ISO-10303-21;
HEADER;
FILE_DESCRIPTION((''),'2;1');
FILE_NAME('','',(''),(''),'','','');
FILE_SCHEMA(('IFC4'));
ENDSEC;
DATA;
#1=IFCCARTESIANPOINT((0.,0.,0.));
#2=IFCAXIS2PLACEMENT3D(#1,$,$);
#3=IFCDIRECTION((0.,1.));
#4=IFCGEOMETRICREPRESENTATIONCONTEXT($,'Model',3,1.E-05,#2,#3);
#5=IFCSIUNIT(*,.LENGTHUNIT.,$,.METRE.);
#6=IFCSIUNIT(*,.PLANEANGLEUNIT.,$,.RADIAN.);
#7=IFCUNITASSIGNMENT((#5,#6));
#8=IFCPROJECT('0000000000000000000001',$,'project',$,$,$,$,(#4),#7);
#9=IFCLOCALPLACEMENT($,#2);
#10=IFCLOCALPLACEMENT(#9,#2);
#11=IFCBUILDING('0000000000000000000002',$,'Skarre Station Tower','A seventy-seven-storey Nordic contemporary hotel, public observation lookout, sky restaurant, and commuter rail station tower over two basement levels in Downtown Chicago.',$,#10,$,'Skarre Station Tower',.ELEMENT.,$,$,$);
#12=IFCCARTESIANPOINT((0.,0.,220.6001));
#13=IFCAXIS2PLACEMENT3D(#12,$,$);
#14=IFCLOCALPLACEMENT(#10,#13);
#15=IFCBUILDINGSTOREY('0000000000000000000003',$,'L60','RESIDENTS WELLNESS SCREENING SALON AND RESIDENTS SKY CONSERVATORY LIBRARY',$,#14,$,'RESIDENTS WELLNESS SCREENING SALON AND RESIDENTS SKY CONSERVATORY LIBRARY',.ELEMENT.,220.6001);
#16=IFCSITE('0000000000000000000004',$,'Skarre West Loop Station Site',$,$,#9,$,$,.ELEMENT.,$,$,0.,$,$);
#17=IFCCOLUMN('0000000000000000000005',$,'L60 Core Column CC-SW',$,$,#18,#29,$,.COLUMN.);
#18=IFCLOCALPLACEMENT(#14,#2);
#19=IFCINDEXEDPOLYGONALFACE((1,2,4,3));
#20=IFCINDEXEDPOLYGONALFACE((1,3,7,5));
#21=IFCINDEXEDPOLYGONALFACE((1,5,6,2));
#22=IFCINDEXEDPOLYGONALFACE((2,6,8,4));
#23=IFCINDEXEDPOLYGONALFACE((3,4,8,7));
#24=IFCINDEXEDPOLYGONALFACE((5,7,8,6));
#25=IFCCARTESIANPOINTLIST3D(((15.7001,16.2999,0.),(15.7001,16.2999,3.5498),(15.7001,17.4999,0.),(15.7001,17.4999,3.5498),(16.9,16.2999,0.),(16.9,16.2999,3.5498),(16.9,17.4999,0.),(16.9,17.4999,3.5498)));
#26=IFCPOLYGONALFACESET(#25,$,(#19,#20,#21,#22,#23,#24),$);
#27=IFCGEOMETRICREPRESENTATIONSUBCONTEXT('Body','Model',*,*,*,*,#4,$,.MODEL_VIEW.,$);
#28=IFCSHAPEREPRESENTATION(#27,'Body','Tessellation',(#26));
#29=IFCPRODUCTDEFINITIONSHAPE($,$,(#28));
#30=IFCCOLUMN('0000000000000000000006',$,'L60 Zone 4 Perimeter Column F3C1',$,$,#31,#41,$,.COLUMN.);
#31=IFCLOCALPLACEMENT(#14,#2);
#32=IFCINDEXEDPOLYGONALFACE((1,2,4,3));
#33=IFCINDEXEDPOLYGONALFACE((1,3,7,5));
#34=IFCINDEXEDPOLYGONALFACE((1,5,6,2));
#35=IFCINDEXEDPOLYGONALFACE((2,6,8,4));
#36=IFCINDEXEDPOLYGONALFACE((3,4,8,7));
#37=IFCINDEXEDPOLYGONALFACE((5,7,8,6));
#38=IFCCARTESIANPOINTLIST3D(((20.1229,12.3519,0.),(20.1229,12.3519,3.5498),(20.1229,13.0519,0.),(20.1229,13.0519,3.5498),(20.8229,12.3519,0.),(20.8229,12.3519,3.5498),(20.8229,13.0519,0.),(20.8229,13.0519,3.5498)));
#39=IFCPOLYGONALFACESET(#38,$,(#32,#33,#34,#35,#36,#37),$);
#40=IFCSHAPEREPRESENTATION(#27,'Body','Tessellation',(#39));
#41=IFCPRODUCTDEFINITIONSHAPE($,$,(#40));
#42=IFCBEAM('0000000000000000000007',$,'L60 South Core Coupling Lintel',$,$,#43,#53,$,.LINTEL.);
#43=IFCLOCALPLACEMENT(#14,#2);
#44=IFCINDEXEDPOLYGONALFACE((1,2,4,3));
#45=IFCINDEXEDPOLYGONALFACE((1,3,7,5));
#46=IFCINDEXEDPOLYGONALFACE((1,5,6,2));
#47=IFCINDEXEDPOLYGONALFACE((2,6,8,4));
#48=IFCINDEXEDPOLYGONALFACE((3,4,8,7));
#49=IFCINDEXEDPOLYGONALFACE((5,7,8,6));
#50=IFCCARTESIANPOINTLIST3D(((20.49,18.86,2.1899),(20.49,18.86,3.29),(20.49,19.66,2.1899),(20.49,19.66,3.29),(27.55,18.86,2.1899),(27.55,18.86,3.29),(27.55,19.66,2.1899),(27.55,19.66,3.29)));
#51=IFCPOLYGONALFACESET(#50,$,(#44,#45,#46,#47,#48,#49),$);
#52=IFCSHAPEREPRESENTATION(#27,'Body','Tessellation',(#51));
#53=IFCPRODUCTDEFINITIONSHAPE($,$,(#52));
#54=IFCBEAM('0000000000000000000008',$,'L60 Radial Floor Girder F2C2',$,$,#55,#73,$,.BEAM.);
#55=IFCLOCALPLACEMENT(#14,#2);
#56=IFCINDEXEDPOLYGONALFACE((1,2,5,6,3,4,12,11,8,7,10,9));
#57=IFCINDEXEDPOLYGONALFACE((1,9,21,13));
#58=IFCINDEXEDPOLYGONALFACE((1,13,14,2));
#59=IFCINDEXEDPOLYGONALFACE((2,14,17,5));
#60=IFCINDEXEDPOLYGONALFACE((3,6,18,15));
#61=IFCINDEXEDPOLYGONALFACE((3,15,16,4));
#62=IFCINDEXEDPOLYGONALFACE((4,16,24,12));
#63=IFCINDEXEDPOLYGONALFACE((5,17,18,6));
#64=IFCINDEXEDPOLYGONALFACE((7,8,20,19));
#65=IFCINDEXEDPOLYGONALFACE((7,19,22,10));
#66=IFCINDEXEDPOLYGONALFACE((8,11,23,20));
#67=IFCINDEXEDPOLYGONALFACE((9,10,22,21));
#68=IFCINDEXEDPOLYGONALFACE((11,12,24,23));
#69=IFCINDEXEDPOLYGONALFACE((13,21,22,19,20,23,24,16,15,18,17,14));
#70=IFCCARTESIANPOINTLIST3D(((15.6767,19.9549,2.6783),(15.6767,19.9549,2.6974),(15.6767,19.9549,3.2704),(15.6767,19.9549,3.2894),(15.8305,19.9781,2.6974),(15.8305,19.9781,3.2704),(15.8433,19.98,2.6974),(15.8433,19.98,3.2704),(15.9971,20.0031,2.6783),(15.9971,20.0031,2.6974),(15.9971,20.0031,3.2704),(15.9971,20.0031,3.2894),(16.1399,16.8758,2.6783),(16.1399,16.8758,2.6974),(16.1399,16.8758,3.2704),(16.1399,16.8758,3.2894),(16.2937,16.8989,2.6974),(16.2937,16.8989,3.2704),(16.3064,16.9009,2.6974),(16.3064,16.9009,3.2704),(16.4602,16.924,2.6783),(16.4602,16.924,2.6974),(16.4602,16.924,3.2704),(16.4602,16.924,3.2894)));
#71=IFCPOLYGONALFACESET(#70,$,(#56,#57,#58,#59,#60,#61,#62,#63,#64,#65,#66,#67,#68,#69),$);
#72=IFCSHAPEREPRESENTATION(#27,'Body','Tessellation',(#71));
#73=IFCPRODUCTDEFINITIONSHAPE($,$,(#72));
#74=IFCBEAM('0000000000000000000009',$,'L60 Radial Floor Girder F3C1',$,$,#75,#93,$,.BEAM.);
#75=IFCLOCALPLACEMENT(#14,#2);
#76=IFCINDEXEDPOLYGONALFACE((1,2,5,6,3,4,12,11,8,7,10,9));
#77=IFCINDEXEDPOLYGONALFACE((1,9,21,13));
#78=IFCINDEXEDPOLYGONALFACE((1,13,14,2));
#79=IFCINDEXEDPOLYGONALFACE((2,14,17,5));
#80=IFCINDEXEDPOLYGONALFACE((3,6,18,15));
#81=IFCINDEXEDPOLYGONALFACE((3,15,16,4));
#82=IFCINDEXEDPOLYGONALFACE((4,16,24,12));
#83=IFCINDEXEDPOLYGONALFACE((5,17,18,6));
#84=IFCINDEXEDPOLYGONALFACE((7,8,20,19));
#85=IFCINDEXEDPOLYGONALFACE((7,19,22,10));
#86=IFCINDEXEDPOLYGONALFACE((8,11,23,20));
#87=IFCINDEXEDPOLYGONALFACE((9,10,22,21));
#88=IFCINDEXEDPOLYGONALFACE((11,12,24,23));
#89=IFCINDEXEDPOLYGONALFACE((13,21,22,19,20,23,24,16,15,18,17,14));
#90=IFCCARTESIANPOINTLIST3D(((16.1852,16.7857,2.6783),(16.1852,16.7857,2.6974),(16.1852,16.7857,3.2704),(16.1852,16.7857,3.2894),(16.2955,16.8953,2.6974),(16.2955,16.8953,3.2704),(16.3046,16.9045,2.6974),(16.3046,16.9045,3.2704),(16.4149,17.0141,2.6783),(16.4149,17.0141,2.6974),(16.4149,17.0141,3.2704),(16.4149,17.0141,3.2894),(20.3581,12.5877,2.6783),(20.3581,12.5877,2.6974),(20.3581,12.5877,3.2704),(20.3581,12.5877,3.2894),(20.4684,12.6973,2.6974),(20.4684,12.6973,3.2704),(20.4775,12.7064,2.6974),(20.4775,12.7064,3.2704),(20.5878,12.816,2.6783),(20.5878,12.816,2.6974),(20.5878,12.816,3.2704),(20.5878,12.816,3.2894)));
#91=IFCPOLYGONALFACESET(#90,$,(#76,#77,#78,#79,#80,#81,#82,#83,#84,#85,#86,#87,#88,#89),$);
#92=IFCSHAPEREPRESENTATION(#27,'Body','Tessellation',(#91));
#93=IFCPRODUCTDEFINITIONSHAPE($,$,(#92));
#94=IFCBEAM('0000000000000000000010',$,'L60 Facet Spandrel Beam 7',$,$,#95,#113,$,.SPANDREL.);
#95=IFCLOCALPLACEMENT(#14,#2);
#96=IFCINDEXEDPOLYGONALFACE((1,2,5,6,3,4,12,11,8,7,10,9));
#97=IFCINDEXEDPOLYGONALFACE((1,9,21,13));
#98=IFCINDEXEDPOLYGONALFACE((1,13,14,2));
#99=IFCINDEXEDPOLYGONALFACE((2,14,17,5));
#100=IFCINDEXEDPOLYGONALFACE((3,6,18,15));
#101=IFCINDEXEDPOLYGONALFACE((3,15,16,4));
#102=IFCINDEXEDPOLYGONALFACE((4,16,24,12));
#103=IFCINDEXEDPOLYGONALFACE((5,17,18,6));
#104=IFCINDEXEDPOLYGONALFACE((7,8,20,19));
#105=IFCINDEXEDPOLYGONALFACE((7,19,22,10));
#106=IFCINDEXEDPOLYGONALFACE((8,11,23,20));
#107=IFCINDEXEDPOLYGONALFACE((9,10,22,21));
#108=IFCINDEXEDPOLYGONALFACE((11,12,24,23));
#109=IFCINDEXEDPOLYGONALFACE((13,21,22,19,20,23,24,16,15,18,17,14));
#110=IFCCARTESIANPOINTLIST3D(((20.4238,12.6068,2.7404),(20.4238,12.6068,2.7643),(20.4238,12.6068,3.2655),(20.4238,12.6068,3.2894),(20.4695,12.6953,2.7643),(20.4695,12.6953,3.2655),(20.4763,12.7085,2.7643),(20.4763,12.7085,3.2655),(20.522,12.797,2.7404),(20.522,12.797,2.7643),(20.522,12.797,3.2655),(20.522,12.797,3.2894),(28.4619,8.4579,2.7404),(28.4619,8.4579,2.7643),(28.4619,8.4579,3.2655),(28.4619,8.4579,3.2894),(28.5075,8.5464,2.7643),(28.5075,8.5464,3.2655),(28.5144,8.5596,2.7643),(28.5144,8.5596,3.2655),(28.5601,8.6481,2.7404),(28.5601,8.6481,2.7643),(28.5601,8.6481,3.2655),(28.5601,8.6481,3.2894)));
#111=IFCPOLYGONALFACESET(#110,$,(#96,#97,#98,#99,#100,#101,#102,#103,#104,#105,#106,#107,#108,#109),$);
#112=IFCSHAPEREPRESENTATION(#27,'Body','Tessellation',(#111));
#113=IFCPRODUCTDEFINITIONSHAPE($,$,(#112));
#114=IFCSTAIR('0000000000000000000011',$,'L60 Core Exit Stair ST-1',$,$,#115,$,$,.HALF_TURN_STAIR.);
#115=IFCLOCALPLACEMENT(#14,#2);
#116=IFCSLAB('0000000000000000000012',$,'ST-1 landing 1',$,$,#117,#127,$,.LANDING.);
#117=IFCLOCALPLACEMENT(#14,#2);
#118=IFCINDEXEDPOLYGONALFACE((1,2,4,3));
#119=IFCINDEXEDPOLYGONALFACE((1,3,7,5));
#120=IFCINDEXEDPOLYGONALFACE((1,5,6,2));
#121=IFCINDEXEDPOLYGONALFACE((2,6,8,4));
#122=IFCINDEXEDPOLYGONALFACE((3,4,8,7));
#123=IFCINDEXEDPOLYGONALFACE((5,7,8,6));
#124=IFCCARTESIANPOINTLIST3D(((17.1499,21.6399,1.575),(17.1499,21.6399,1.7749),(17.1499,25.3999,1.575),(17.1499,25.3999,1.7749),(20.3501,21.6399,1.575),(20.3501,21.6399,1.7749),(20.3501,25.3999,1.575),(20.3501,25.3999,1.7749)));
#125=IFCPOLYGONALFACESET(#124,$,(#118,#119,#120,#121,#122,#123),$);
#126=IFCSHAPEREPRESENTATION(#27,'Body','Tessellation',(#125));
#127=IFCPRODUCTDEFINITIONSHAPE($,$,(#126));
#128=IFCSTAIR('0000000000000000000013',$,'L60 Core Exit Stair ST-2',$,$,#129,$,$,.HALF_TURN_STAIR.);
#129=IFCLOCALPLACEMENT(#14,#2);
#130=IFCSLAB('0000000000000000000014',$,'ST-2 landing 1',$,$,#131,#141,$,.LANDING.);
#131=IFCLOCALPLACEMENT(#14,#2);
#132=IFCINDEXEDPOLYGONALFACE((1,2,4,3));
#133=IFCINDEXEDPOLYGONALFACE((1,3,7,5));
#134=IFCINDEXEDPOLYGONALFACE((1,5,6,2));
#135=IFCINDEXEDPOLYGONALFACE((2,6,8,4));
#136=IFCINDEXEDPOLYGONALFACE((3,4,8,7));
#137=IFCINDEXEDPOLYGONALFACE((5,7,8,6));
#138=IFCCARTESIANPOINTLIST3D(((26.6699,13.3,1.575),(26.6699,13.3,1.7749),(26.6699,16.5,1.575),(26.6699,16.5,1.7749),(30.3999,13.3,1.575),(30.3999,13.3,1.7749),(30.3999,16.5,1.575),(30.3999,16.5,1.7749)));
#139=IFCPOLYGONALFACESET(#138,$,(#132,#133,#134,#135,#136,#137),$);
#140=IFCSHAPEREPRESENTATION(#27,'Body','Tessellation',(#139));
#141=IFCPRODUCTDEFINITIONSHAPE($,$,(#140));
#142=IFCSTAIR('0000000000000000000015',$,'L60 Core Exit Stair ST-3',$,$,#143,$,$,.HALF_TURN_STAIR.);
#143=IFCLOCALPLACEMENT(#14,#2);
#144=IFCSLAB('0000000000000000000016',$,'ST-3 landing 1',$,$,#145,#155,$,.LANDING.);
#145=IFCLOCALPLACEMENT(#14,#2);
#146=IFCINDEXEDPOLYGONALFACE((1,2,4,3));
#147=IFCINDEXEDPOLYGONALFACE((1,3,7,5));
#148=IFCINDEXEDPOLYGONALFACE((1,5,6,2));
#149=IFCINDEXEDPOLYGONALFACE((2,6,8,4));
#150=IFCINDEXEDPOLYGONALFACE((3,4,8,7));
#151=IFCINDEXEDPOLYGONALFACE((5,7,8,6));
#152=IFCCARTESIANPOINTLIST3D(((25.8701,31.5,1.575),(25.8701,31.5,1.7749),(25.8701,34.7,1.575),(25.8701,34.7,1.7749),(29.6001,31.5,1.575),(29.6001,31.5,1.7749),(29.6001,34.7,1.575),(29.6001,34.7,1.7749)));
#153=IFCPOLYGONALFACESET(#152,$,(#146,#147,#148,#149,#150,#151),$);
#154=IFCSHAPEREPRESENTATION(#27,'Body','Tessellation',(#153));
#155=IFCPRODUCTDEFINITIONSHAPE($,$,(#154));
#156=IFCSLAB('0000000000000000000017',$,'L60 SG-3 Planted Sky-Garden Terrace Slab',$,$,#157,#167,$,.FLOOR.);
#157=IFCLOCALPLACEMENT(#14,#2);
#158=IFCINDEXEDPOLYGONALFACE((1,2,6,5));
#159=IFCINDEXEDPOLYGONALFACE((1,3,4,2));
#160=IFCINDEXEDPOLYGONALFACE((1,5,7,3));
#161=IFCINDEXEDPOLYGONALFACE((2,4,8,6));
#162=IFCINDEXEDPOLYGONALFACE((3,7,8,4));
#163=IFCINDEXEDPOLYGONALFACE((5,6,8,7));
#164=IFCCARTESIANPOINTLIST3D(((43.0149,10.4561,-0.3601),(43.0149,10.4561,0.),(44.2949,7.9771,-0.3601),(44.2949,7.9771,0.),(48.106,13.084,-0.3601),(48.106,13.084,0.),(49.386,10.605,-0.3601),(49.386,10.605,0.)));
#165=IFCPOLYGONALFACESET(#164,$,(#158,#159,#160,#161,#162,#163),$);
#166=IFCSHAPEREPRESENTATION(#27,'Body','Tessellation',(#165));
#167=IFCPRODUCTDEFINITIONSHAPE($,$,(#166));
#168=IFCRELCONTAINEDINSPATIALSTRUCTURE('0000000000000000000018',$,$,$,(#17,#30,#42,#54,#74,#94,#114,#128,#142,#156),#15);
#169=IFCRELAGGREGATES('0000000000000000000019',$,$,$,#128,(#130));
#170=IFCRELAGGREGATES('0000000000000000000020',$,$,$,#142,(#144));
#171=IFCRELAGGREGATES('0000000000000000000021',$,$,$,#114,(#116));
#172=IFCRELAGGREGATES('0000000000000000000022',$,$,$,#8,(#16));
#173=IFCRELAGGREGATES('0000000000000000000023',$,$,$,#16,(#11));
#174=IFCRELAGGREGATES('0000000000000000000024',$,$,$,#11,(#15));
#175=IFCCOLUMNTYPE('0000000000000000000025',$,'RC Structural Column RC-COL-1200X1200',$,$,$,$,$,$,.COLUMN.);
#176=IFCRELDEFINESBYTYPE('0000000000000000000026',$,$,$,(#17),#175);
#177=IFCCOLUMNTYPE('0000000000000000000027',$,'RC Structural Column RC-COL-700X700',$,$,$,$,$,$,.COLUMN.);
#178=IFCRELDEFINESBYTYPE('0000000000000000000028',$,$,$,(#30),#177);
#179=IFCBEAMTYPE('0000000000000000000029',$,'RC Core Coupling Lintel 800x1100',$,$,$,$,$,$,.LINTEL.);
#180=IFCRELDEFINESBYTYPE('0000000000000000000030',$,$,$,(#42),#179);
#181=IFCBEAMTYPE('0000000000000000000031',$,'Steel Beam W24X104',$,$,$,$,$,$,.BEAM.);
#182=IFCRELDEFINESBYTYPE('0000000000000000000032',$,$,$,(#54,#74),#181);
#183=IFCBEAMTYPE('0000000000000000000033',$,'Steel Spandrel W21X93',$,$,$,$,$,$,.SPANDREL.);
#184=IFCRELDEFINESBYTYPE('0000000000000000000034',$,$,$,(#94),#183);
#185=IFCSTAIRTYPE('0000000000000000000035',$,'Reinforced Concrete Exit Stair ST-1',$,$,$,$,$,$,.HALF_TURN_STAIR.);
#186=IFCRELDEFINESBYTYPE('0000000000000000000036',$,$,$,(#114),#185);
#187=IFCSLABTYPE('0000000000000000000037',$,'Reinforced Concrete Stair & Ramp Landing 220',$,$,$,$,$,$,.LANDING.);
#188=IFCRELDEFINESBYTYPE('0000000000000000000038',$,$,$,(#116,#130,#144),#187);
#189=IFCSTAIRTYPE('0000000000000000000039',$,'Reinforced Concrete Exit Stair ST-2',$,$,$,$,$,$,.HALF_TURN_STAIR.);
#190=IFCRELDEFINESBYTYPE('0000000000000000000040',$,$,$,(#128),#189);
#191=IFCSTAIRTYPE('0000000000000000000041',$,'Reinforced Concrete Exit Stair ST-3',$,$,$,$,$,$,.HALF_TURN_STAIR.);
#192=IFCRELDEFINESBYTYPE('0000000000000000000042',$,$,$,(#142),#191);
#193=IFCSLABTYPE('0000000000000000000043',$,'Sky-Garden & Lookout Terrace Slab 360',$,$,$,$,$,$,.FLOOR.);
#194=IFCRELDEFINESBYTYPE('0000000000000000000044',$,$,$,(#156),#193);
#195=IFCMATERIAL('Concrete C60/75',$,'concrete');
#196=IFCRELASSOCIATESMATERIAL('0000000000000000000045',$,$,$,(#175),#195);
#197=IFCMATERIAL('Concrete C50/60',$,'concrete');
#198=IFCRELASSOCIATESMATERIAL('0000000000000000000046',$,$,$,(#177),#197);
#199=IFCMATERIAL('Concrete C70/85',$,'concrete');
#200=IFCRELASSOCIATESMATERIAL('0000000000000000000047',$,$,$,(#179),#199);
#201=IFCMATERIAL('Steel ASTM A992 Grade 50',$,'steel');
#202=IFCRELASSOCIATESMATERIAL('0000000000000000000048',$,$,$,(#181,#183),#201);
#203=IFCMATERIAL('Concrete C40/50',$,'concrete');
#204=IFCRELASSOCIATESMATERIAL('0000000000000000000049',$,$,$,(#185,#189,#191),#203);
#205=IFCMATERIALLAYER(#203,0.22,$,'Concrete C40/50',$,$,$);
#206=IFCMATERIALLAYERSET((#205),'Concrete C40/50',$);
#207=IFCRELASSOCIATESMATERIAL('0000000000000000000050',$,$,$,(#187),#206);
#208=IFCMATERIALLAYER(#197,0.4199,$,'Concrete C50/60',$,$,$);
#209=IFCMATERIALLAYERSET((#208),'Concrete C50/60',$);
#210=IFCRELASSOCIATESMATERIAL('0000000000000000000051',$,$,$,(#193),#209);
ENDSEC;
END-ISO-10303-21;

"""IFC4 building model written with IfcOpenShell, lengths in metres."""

from ifc_helpers import new_model, si_unit, direction, frame, origin, origin_2d, place, context, subcontext, project, spatial, polyline, rectangle, i_section, outline, extrude, material, layer, layer_set, material_profile, profile_set, type_object, element, aggregate, save


model = new_model("IFC4")

# Units and contexts
model_context = context("Model", 3, precision=1e-05, world=origin(), true_north=direction((0.0, 1.0)))
body_context = subcontext(model_context, "Body", "Model", "MODEL_VIEW")
ifc_project = project(units=[si_unit("LENGTHUNIT", "METRE"), si_unit("PLANEANGLEUNIT", "RADIAN")], contexts=[model_context])

# Site, building, storey
site_placement = place(None, origin())
site = spatial("IfcSite", under=ifc_project, at=site_placement, Name="Skarre West Loop Station Site", CompositionType="ELEMENT", RefElevation=0.0)
building_placement = place(site_placement, origin())
building = spatial("IfcBuilding", under=site, at=building_placement, Name="Skarre Station Tower", Description="A seventy-seven-storey Nordic contemporary hotel, public observation lookout, sky restaurant, and commuter rail station tower over two basement levels in Downtown Chicago.", LongName="Skarre Station Tower", CompositionType="ELEMENT")
storey_placement = place(building_placement, frame((0.0, 0.0, 220.6001)))
storey = spatial("IfcBuildingStorey", under=building, at=storey_placement, Name="L60", Description="RESIDENTS WELLNESS SCREENING SALON AND RESIDENTS SKY CONSERVATORY LIBRARY", LongName="RESIDENTS WELLNESS SCREENING SALON AND RESIDENTS SKY CONSERVATORY LIBRARY", CompositionType="ELEMENT", Elevation=220.6001)

# Columns
ifc_material_1 = material(Name="Concrete C60/75", Category="concrete")
ifc_material_profile_1 = material_profile(ifc_material_1, rectangle(XDim=1.2, YDim=1.2, at=origin_2d()), Name="Concrete C60/75")
ifc_profile_set_1 = profile_set([ifc_material_profile_1], Name="Concrete C60/75")
column_type_1 = type_object("IfcColumnType", Name="RC Structural Column RC-COL-1200X1200", PredefinedType="COLUMN", material=ifc_profile_set_1)
column_1_placement = place(storey_placement, frame((16.3, 16.8999, 0.0), z_axis=(0.0, 0.0, 1.0), x_axis=(1.0, 0.0, 0.0)))
element("IfcColumn", 1, at=column_1_placement, inside=storey, type_object=column_type_1, Name="L60 Core Column CC-SW", PredefinedType="COLUMN", context=body_context, shape_type="SweptSolid", body=[
    extrude(rectangle(XDim=1.2, YDim=1.2, at=origin_2d()), origin(), (0.0, 0.0, 1.0), 3.5498),
])
ifc_material_2 = material(Name="Concrete C50/60", Category="concrete")
ifc_material_profile_2 = material_profile(ifc_material_2, rectangle(XDim=0.7, YDim=0.7, at=origin_2d()), Name="Concrete C50/60")
ifc_profile_set_2 = profile_set([ifc_material_profile_2], Name="Concrete C50/60")
column_type_2 = type_object("IfcColumnType", Name="RC Structural Column RC-COL-700X700", PredefinedType="COLUMN", material=ifc_profile_set_2)
column_2_placement = place(storey_placement, frame((20.4729, 12.7019, 0.0), z_axis=(0.0, 0.0, 1.0), x_axis=(1.0, 0.0, 0.0)))
element("IfcColumn", 2, at=column_2_placement, inside=storey, type_object=column_type_2, Name="L60 Zone 4 Perimeter Column F3C1", PredefinedType="COLUMN", context=body_context, shape_type="SweptSolid", body=[
    extrude(rectangle(XDim=0.7, YDim=0.7, at=origin_2d()), origin(), (0.0, 0.0, 1.0), 3.5498),
])

# Beams
ifc_material_3 = material(Name="Concrete C70/85", Category="concrete")
ifc_material_profile_3 = material_profile(ifc_material_3, rectangle(XDim=0.8, YDim=1.1001, at=origin_2d()), Name="Concrete C70/85")
ifc_profile_set_3 = profile_set([ifc_material_profile_3], Name="Concrete C70/85")
beam_type_1 = type_object("IfcBeamType", Name="RC Core Coupling Lintel 800x1100", PredefinedType="LINTEL", material=ifc_profile_set_3)
beam_1_placement = place(storey_placement, frame((20.49, 19.26, 2.74), z_axis=(1.0, 0.0, 0.0), x_axis=(0.0, 1.0, 0.0)))
element("IfcBeam", 3, at=beam_1_placement, inside=storey, type_object=beam_type_1, Name="L60 South Core Coupling Lintel", PredefinedType="LINTEL", context=body_context, shape_type="SweptSolid", body=[
    extrude(rectangle(XDim=0.8, YDim=1.1001, at=origin_2d()), origin(), (0.0, 0.0, 1.0), 7.0601),
])
ifc_material_4 = material(Name="Steel ASTM A992 Grade 50", Category="steel")
ifc_material_profile_4 = material_profile(ifc_material_4, i_section(OverallWidth=0.324, OverallDepth=0.6111, WebThickness=0.0129, FlangeThickness=0.019, at=origin_2d()), Name="Steel ASTM A992 Grade 50")
ifc_profile_set_4 = profile_set([ifc_material_profile_4], Name="Steel ASTM A992 Grade 50")
beam_type_2 = type_object("IfcBeamType", Name="Steel Beam W24X104", PredefinedType="BEAM", material=ifc_profile_set_4)
beam_2_placement = place(storey_placement, frame((16.3, 16.8999, 2.9839), z_axis=(-0.148739, 0.988876, 0.0), x_axis=(-0.988876, -0.148739, 0.0)))
element("IfcBeam", 4, at=beam_2_placement, inside=storey, type_object=beam_type_2, Name="L60 Radial Floor Girder F2C2", PredefinedType="BEAM", context=body_context, shape_type="SweptSolid", body=[
    extrude(i_section(OverallWidth=0.324, OverallDepth=0.6111, WebThickness=0.0129, FlangeThickness=0.019, at=origin_2d()), origin(), (0.0, 0.0, 1.0), 3.1138),
])
beam_3_placement = place(storey_placement, frame((16.3, 16.8999, 2.9839), z_axis=(0.704979, -0.709228, 0.0), x_axis=(0.709228, 0.704979, 0.0)))
element("IfcBeam", 5, at=beam_3_placement, inside=storey, type_object=beam_type_2, Name="L60 Radial Floor Girder F3C1", PredefinedType="BEAM", context=body_context, shape_type="SweptSolid", body=[
    extrude(i_section(OverallWidth=0.324, OverallDepth=0.6111, WebThickness=0.0129, FlangeThickness=0.019, at=origin_2d()), origin(), (0.0, 0.0, 1.0), 5.9192),
])
ifc_material_profile_5 = material_profile(ifc_material_4, i_section(OverallWidth=0.2141, OverallDepth=0.5491, WebThickness=0.0149, FlangeThickness=0.0239, at=origin_2d()), Name="Steel ASTM A992 Grade 50")
ifc_profile_set_5 = profile_set([ifc_material_profile_5], Name="Steel ASTM A992 Grade 50")
beam_type_3 = type_object("IfcBeamType", Name="Steel Spandrel W21X93", PredefinedType="SPANDREL", material=ifc_profile_set_5)
beam_4_placement = place(storey_placement, frame((20.4729, 12.7019, 3.0149), z_axis=(0.88861, -0.458664, 0.0), x_axis=(0.458664, 0.88861, 0.0)))
element("IfcBeam", 6, at=beam_4_placement, inside=storey, type_object=beam_type_3, Name="L60 Facet Spandrel Beam 7", PredefinedType="SPANDREL", context=body_context, shape_type="SweptSolid", body=[
    extrude(i_section(OverallWidth=0.2141, OverallDepth=0.5491, WebThickness=0.0149, FlangeThickness=0.0239, at=origin_2d()), origin(), (0.0, 0.0, 1.0), 9.0457),
])

# Stairs, slabs
ifc_material_5 = material(Name="Concrete C40/50", Category="concrete")
stair_type_1 = type_object("IfcStairType", Name="Reinforced Concrete Exit Stair ST-1", PredefinedType="HALF_TURN_STAIR", material=ifc_material_5)
stair_1_placement = place(storey_placement, origin())
stair_1 = element("IfcStair", 7, at=stair_1_placement, inside=storey, type_object=stair_type_1, Name="L60 Core Exit Stair ST-1", PredefinedType="HALF_TURN_STAIR")
ifc_layer_1 = layer(ifc_material_5, 0.22, Name="Concrete C40/50")
ifc_layer_set_1 = layer_set([ifc_layer_1], Name="Concrete C40/50")
slab_type_1 = type_object("IfcSlabType", Name="Reinforced Concrete Stair & Ramp Landing 220", PredefinedType="LANDING", material=ifc_layer_set_1)
slab_1_placement = place(storey_placement, frame((0.0, 0.0, 1.575)))
slab_1 = element("IfcSlab", 8, at=slab_1_placement, type_object=slab_type_1, Name="ST-1 landing 1", PredefinedType="LANDING", context=body_context, shape_type="SweptSolid", body=[
    extrude(outline(polyline([(20.3501, 21.6399), (20.3501, 25.3999), (17.1499, 25.3999), (17.1499, 21.6399), (20.3501, 21.6399)])), origin(), (0.0, 0.0, 1.0), 0.2),
])
stair_type_2 = type_object("IfcStairType", Name="Reinforced Concrete Exit Stair ST-2", PredefinedType="HALF_TURN_STAIR", material=ifc_material_5)
stair_2_placement = place(storey_placement, origin())
stair_2 = element("IfcStair", 9, at=stair_2_placement, inside=storey, type_object=stair_type_2, Name="L60 Core Exit Stair ST-2", PredefinedType="HALF_TURN_STAIR")
slab_2_placement = place(storey_placement, frame((0.0, 0.0, 1.575)))
slab_2 = element("IfcSlab", 10, at=slab_2_placement, type_object=slab_type_1, Name="ST-2 landing 1", PredefinedType="LANDING", context=body_context, shape_type="SweptSolid", body=[
    extrude(outline(polyline([(26.6699, 13.3), (30.3999, 13.3), (30.3999, 16.5), (26.6699, 16.5), (26.6699, 13.3)])), origin(), (0.0, 0.0, 1.0), 0.2),
])
aggregate(stair_2, [slab_2])
stair_type_3 = type_object("IfcStairType", Name="Reinforced Concrete Exit Stair ST-3", PredefinedType="HALF_TURN_STAIR", material=ifc_material_5)
stair_3_placement = place(storey_placement, origin())
stair_3 = element("IfcStair", 11, at=stair_3_placement, inside=storey, type_object=stair_type_3, Name="L60 Core Exit Stair ST-3", PredefinedType="HALF_TURN_STAIR")
slab_3_placement = place(storey_placement, frame((0.0, 0.0, 1.575)))
slab_3 = element("IfcSlab", 12, at=slab_3_placement, type_object=slab_type_1, Name="ST-3 landing 1", PredefinedType="LANDING", context=body_context, shape_type="SweptSolid", body=[
    extrude(outline(polyline([(25.8701, 31.5), (29.6001, 31.5), (29.6001, 34.7), (25.8701, 34.7), (25.8701, 31.5)])), origin(), (0.0, 0.0, 1.0), 0.2),
])
aggregate(stair_3, [slab_3])

# Slab
ifc_layer_2 = layer(ifc_material_2, 0.4199, Name="Concrete C50/60")
ifc_layer_set_2 = layer_set([ifc_layer_2], Name="Concrete C50/60")
slab_type_2 = type_object("IfcSlabType", Name="Sky-Garden & Lookout Terrace Slab 360", PredefinedType="FLOOR", material=ifc_layer_set_2)
slab_4_placement = place(storey_placement, frame((0.0, 0.0, -0.3601)))
element("IfcSlab", 13, at=slab_4_placement, inside=storey, type_object=slab_type_2, Name="L60 SG-3 Planted Sky-Garden Terrace Slab", PredefinedType="FLOOR", context=body_context, shape_type="SweptSolid", body=[
    extrude(outline(polyline([(48.106, 13.084), (43.0149, 10.4561), (44.2949, 7.9771), (49.386, 10.605), (48.106, 13.084)])), origin(), (0.0, 0.0, 1.0), 0.3601),
])

aggregate(stair_1, [slab_1])

save(model, "model.ifc")
